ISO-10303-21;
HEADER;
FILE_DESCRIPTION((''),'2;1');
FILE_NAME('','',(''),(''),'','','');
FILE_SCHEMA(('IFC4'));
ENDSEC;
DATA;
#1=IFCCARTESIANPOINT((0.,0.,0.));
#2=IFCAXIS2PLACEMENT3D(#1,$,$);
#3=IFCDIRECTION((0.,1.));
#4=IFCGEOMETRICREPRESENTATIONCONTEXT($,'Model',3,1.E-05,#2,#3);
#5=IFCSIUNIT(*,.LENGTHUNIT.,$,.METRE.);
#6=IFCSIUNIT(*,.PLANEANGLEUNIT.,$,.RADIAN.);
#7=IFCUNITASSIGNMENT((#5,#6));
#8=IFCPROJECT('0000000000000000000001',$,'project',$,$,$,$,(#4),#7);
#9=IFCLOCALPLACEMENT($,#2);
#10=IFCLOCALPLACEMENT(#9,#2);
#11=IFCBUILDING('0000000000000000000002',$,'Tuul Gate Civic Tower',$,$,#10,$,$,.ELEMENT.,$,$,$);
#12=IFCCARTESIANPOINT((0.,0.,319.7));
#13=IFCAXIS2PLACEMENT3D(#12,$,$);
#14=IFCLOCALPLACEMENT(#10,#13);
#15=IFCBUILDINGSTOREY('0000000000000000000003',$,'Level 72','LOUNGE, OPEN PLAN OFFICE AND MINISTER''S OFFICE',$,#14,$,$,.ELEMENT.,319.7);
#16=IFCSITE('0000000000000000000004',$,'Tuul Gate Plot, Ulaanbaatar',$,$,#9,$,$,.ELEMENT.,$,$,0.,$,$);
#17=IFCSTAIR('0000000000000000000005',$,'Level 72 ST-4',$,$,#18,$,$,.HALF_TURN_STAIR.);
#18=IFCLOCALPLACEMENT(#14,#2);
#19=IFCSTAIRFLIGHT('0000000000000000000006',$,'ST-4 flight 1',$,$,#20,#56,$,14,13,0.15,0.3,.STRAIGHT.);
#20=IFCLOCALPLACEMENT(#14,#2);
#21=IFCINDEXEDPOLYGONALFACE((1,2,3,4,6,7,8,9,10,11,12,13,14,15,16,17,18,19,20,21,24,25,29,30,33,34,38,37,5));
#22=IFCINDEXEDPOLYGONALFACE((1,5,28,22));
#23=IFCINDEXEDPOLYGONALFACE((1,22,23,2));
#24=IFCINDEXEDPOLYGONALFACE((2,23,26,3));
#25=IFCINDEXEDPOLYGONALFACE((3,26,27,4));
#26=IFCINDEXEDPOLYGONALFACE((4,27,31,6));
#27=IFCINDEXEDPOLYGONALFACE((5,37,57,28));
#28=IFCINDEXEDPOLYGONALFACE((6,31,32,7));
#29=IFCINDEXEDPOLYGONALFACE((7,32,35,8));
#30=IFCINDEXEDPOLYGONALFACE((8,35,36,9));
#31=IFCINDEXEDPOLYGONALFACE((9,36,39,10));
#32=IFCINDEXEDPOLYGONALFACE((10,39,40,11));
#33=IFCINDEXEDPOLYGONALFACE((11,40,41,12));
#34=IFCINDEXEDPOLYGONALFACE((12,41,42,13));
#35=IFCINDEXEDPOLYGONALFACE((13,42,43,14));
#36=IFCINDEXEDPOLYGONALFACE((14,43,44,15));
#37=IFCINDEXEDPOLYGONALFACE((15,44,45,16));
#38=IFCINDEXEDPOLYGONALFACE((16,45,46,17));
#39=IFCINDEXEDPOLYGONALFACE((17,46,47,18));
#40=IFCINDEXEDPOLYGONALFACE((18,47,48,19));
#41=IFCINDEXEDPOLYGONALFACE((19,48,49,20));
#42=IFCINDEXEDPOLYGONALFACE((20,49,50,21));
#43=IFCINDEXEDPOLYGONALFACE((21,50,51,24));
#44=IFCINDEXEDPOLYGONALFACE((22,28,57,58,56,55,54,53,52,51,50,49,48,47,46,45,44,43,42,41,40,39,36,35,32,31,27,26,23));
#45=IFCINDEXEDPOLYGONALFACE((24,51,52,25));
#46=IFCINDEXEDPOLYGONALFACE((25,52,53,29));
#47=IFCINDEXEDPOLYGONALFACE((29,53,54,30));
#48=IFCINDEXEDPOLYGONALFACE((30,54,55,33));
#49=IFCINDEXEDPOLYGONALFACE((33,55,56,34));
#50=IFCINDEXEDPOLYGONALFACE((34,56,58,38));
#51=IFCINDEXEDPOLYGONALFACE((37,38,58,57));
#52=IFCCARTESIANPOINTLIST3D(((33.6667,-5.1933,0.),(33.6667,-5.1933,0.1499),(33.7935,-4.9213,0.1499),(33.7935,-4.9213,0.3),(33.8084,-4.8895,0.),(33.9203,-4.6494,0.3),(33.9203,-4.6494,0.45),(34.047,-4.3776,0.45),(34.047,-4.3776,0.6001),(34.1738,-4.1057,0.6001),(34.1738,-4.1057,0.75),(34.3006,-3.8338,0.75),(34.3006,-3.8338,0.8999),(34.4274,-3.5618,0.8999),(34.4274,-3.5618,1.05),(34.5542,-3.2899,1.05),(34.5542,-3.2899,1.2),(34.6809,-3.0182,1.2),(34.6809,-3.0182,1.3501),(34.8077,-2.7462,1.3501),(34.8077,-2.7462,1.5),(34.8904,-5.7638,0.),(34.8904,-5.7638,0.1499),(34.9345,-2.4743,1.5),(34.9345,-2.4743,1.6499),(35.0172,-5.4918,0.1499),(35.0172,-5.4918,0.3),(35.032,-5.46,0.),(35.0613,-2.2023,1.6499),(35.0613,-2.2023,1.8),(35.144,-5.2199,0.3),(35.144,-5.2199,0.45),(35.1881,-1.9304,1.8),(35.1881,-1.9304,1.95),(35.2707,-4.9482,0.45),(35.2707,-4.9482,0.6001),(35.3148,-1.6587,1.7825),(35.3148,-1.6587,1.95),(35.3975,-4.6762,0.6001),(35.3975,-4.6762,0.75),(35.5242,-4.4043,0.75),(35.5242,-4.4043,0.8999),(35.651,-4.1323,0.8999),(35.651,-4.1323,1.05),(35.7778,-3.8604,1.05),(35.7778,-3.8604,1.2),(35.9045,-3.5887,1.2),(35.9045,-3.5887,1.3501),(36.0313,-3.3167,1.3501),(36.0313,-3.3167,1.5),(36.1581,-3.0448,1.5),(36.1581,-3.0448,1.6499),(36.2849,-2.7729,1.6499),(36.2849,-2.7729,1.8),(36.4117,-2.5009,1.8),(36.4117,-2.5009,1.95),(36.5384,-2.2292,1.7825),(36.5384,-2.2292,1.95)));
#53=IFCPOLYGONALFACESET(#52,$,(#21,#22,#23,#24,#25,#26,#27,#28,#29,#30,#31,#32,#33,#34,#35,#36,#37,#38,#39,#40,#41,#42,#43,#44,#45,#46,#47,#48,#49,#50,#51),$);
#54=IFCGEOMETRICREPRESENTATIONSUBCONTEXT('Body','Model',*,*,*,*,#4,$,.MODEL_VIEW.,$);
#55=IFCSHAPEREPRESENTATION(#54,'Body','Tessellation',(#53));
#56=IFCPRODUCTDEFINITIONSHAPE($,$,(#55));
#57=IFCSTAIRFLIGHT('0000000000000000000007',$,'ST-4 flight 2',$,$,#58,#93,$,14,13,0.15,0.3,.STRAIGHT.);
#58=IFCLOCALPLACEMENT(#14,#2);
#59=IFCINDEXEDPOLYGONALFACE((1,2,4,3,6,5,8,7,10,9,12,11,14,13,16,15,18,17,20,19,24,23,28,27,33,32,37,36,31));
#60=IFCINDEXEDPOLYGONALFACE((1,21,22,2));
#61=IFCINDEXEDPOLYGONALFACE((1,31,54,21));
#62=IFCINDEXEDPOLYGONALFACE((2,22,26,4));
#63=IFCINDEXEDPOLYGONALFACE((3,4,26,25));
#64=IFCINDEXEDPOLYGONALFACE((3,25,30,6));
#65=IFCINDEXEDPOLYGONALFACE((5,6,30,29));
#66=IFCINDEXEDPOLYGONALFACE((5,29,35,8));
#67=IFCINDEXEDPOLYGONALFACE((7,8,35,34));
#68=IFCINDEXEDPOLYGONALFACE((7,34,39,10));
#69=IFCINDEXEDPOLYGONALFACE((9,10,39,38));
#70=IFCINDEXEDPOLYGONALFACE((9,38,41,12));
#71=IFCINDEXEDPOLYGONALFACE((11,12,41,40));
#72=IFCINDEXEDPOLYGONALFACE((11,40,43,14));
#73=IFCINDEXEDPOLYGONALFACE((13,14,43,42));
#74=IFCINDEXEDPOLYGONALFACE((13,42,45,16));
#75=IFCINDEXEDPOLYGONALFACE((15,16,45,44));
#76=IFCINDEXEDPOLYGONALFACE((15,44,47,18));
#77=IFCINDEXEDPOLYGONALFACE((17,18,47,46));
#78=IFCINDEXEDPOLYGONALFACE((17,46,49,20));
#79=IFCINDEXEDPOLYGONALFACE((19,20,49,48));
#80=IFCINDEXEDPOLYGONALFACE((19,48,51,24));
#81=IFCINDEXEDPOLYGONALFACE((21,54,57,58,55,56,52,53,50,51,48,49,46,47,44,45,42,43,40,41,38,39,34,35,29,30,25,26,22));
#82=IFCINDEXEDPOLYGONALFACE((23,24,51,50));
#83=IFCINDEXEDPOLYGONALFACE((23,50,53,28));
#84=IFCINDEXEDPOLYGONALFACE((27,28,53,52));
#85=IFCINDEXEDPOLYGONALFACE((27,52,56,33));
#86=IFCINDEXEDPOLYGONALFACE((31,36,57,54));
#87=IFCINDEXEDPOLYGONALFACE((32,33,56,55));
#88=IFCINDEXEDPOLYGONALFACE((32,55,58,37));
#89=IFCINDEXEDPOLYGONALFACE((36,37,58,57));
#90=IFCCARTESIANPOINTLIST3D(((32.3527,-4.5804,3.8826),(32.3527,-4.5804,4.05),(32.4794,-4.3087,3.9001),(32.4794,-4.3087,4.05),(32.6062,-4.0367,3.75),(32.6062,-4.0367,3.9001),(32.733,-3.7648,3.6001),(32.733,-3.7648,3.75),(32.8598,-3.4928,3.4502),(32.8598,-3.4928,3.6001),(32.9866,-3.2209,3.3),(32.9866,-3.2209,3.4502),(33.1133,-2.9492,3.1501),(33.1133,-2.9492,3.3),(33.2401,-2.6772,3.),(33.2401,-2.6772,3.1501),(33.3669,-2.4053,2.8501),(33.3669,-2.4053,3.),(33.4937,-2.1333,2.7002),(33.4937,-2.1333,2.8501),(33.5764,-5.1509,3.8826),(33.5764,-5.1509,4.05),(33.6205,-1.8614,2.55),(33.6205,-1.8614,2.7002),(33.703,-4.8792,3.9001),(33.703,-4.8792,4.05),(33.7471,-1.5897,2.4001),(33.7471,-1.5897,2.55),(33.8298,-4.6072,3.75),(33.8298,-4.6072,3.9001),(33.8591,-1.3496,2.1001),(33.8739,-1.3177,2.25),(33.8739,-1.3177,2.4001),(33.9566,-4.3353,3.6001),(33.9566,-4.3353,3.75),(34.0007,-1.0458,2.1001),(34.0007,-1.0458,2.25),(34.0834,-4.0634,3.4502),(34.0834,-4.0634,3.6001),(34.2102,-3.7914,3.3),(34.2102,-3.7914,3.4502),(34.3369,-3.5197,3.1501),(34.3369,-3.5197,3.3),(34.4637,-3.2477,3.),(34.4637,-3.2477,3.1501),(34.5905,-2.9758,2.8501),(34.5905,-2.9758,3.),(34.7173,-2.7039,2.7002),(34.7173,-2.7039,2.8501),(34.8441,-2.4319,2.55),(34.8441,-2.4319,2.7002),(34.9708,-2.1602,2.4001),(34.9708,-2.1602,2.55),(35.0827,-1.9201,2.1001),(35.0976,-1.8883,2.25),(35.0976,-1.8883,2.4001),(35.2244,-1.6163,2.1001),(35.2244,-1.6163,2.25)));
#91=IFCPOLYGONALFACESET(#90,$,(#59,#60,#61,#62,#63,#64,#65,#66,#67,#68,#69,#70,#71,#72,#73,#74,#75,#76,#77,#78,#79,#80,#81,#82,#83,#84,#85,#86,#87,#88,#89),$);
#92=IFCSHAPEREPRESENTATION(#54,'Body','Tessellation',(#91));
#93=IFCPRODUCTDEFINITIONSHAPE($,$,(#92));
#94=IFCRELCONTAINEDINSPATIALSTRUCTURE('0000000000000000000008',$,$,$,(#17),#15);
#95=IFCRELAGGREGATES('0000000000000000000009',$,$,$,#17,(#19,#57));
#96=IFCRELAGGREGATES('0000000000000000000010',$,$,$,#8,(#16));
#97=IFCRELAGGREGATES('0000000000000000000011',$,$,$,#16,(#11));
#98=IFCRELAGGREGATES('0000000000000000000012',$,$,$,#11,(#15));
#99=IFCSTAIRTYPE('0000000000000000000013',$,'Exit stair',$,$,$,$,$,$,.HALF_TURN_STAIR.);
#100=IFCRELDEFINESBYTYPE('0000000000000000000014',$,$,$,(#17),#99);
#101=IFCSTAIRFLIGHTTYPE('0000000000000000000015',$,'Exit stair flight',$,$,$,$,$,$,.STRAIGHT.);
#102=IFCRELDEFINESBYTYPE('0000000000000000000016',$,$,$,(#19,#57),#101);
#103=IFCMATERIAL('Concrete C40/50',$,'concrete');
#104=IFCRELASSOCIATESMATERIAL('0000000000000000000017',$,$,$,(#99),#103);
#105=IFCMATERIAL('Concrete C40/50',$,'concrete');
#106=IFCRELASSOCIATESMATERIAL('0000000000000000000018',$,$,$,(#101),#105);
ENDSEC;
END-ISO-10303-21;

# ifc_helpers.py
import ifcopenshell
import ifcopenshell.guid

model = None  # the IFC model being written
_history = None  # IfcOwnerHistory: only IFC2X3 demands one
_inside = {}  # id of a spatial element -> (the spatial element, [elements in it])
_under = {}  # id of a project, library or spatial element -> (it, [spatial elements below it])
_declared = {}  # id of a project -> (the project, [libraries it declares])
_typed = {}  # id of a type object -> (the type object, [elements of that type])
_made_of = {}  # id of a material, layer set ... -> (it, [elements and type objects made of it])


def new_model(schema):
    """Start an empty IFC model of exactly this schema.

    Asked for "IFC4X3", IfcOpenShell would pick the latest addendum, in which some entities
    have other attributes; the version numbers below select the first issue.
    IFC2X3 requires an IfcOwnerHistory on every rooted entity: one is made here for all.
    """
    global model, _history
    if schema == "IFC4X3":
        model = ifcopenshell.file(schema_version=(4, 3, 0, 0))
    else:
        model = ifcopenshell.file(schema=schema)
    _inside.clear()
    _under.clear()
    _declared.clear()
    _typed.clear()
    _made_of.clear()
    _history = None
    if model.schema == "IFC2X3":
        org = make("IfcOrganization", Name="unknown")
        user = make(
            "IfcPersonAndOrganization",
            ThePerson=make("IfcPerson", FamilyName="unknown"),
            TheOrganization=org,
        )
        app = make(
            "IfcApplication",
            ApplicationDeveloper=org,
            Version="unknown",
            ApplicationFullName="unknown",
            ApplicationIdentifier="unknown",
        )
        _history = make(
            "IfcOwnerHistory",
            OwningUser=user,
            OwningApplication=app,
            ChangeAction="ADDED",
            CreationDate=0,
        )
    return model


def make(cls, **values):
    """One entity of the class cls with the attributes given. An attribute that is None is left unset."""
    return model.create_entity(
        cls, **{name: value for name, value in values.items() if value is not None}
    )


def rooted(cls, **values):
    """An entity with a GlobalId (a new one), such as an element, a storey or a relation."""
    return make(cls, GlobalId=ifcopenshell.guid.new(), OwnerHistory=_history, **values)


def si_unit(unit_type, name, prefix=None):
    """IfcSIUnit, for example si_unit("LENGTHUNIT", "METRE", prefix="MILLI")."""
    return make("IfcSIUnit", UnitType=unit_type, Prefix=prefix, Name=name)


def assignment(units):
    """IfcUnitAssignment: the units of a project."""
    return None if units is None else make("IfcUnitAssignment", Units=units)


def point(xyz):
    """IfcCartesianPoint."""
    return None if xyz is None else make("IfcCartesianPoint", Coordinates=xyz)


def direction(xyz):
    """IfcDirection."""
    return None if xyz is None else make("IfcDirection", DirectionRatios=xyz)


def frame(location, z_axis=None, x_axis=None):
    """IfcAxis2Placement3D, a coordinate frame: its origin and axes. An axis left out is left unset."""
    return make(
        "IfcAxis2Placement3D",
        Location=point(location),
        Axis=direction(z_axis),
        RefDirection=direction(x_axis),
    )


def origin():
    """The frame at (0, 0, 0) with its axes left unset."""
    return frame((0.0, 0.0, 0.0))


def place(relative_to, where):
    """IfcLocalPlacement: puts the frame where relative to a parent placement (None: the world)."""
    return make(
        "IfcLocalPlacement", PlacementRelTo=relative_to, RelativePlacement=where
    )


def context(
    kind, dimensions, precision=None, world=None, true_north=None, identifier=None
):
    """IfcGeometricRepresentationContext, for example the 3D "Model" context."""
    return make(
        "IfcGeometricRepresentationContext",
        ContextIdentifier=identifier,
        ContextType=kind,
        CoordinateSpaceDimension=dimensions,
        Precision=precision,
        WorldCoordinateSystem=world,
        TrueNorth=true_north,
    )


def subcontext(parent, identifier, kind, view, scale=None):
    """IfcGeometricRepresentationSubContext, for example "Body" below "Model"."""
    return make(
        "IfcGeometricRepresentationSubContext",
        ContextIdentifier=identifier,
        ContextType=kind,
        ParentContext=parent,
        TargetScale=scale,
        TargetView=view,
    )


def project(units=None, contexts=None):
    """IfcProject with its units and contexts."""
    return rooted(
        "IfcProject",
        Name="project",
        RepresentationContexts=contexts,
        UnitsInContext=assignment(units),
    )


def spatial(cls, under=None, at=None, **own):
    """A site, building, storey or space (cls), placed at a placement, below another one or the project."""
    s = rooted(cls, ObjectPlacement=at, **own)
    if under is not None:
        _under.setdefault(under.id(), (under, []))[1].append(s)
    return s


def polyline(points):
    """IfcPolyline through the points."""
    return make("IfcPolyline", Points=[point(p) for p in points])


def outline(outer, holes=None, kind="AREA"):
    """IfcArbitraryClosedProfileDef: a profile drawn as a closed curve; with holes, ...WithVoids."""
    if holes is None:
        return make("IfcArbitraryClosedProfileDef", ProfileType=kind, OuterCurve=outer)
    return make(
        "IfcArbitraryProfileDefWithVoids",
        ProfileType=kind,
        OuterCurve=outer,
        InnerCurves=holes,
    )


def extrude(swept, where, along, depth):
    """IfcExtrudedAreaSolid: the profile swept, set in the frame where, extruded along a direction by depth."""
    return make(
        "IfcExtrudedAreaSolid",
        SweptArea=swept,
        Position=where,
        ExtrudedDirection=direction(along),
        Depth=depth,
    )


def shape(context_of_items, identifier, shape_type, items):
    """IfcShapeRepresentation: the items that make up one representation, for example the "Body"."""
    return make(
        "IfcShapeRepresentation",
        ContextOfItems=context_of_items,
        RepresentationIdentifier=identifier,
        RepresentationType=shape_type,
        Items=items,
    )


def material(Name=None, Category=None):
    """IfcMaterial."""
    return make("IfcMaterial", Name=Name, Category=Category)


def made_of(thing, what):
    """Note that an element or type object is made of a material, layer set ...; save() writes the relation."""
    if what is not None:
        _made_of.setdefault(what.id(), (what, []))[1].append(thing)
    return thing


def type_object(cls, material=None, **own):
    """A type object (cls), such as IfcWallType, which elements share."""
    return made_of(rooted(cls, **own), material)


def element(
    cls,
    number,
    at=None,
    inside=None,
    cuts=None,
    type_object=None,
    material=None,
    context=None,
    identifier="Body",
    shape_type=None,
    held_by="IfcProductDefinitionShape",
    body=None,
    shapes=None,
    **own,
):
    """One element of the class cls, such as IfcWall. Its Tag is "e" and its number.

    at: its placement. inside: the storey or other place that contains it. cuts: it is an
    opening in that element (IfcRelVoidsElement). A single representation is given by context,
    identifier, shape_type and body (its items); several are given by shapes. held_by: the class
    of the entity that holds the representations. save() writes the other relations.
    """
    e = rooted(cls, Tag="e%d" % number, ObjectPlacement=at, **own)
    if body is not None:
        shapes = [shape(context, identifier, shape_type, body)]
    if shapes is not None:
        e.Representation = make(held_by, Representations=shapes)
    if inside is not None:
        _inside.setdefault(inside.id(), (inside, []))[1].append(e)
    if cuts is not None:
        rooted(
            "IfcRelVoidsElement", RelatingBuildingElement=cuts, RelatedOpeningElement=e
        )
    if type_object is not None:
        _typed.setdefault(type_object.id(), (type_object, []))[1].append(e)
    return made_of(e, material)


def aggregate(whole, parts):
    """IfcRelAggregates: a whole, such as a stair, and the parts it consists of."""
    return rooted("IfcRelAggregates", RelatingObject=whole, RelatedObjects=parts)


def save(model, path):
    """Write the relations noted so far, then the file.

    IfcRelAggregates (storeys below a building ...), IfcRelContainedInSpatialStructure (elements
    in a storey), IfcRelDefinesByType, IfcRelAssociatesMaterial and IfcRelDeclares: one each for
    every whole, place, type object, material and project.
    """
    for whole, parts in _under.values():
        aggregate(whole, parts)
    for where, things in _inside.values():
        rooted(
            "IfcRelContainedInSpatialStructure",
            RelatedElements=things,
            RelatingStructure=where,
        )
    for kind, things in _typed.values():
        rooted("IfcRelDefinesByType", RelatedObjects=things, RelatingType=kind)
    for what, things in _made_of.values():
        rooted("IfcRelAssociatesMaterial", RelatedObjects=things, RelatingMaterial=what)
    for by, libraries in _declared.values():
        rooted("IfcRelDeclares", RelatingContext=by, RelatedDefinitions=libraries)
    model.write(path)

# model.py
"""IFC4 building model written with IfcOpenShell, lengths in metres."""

from ifc_helpers import new_model, si_unit, direction, frame, origin, place, context, subcontext, project, spatial, polyline, outline, extrude, material, type_object, element, aggregate, save


model = new_model("IFC4")

# Units and contexts
model_context = context("Model", 3, precision=1e-05, world=origin(), true_north=direction((0.0, 1.0)))
body_context = subcontext(model_context, "Body", "Model", "MODEL_VIEW")
ifc_project = project(units=[si_unit("LENGTHUNIT", "METRE"), si_unit("PLANEANGLEUNIT", "RADIAN")], contexts=[model_context])

# Site, building, storey
site_placement = place(None, origin())
site = spatial("IfcSite", under=ifc_project, at=site_placement, Name="Tuul Gate Plot, Ulaanbaatar", CompositionType="ELEMENT", RefElevation=0.0)
building_placement = place(site_placement, origin())
building = spatial("IfcBuilding", under=site, at=building_placement, Name="Tuul Gate Civic Tower", CompositionType="ELEMENT")
storey_placement = place(building_placement, frame((0.0, 0.0, 319.7)))
storey = spatial("IfcBuildingStorey", under=building, at=storey_placement, Name="Level 72", Description="LOUNGE, OPEN PLAN OFFICE AND MINISTER'S OFFICE", CompositionType="ELEMENT", Elevation=319.7)

# Stair, stair flights
ifc_material_1 = material(Name="Concrete C40/50", Category="concrete")
stair_type = type_object("IfcStairType", Name="Exit stair", PredefinedType="HALF_TURN_STAIR", material=ifc_material_1)
stair_placement = place(storey_placement, origin())
stair = element("IfcStair", 1, at=stair_placement, inside=storey, type_object=stair_type, Name="Level 72 ST-4", PredefinedType="HALF_TURN_STAIR")
ifc_material_2 = material(Name="Concrete C40/50", Category="concrete")
stair_flight_type = type_object("IfcStairFlightType", Name="Exit stair flight", PredefinedType="STRAIGHT", material=ifc_material_2)
stair_flight_1_placement = place(storey_placement, frame((34.2786, -5.4785, 0.0), z_axis=(0.0, 0.0, 1.0), x_axis=(0.422576, 0.906327, 0.0)))
stair_flight_1 = element("IfcStairFlight", 2, at=stair_flight_1_placement, type_object=stair_flight_type, Name="ST-4 flight 1", NumberOfRisers=14, NumberOfTreads=13, PredefinedType="STRAIGHT", RiserHeight=0.15, TreadLength=0.3, context=body_context, shape_type="SweptSolid", body=[
    extrude(outline(polyline([(0.0, 0.0), (0.0, 0.1499), (0.3, 0.1499), (0.3, 0.3), (0.6001, 0.3), (0.6001, 0.45), (0.8999, 0.45), (0.8999, 0.6001), (1.2, 0.6001), (1.2, 0.75), (1.5, 0.75), (1.5, 0.8999), (1.8, 0.8999), (1.8, 1.05), (2.1001, 1.05), (2.1001, 1.2), (2.3999, 1.2), (2.3999, 1.3501), (2.7, 1.3501), (2.7, 1.5), (3.0, 1.5), (3.0, 1.6499), (3.3, 1.6499), (3.3, 1.8), (3.6001, 1.8), (3.6001, 1.95), (3.8999, 1.95), (3.8999, 2.1001), (3.8999, 1.7825), (0.3352, 0.0), (0.0, 0.0)])), frame((0.0, 0.675, 0.0), z_axis=(0.0, -1.0, 0.0), x_axis=(1.0, 0.0, 0.0)), (0.0, 0.0, 1.0), 1.3501),
])
stair_flight_2_placement = place(storey_placement, frame((34.6125, -1.3311, 2.1001), z_axis=(0.0, 0.0, 1.0), x_axis=(-0.422576, -0.906327, 0.0)))
stair_flight_2 = element("IfcStairFlight", 3, at=stair_flight_2_placement, type_object=stair_flight_type, Name="ST-4 flight 2", NumberOfRisers=14, NumberOfTreads=13, PredefinedType="STRAIGHT", RiserHeight=0.15, TreadLength=0.3, context=body_context, shape_type="SweptSolid", body=[
    extrude(outline(polyline([(0.0, 0.0), (0.0, 0.1499), (0.3, 0.1499), (0.3, 0.3), (0.6001, 0.3), (0.6001, 0.45), (0.8999, 0.45), (0.8999, 0.6001), (1.2, 0.6001), (1.2, 0.75), (1.5, 0.75), (1.5, 0.8999), (1.8, 0.8999), (1.8, 1.05), (2.1001, 1.05), (2.1001, 1.2), (2.3999, 1.2), (2.3999, 1.3501), (2.7, 1.3501), (2.7, 1.5), (3.0, 1.5), (3.0, 1.6499), (3.3, 1.6499), (3.3, 1.8), (3.6001, 1.8), (3.6001, 1.95), (3.8999, 1.95), (3.8999, 2.1001), (3.8999, 1.7825), (0.3352, 0.0), (0.0, 0.0)])), frame((0.0, 0.675, 0.0), z_axis=(0.0, -1.0, 0.0), x_axis=(1.0, 0.0, 0.0)), (0.0, 0.0, 1.0), 1.3501),
])
aggregate(stair, [stair_flight_1, stair_flight_2])

save(model, "model.ifc")
